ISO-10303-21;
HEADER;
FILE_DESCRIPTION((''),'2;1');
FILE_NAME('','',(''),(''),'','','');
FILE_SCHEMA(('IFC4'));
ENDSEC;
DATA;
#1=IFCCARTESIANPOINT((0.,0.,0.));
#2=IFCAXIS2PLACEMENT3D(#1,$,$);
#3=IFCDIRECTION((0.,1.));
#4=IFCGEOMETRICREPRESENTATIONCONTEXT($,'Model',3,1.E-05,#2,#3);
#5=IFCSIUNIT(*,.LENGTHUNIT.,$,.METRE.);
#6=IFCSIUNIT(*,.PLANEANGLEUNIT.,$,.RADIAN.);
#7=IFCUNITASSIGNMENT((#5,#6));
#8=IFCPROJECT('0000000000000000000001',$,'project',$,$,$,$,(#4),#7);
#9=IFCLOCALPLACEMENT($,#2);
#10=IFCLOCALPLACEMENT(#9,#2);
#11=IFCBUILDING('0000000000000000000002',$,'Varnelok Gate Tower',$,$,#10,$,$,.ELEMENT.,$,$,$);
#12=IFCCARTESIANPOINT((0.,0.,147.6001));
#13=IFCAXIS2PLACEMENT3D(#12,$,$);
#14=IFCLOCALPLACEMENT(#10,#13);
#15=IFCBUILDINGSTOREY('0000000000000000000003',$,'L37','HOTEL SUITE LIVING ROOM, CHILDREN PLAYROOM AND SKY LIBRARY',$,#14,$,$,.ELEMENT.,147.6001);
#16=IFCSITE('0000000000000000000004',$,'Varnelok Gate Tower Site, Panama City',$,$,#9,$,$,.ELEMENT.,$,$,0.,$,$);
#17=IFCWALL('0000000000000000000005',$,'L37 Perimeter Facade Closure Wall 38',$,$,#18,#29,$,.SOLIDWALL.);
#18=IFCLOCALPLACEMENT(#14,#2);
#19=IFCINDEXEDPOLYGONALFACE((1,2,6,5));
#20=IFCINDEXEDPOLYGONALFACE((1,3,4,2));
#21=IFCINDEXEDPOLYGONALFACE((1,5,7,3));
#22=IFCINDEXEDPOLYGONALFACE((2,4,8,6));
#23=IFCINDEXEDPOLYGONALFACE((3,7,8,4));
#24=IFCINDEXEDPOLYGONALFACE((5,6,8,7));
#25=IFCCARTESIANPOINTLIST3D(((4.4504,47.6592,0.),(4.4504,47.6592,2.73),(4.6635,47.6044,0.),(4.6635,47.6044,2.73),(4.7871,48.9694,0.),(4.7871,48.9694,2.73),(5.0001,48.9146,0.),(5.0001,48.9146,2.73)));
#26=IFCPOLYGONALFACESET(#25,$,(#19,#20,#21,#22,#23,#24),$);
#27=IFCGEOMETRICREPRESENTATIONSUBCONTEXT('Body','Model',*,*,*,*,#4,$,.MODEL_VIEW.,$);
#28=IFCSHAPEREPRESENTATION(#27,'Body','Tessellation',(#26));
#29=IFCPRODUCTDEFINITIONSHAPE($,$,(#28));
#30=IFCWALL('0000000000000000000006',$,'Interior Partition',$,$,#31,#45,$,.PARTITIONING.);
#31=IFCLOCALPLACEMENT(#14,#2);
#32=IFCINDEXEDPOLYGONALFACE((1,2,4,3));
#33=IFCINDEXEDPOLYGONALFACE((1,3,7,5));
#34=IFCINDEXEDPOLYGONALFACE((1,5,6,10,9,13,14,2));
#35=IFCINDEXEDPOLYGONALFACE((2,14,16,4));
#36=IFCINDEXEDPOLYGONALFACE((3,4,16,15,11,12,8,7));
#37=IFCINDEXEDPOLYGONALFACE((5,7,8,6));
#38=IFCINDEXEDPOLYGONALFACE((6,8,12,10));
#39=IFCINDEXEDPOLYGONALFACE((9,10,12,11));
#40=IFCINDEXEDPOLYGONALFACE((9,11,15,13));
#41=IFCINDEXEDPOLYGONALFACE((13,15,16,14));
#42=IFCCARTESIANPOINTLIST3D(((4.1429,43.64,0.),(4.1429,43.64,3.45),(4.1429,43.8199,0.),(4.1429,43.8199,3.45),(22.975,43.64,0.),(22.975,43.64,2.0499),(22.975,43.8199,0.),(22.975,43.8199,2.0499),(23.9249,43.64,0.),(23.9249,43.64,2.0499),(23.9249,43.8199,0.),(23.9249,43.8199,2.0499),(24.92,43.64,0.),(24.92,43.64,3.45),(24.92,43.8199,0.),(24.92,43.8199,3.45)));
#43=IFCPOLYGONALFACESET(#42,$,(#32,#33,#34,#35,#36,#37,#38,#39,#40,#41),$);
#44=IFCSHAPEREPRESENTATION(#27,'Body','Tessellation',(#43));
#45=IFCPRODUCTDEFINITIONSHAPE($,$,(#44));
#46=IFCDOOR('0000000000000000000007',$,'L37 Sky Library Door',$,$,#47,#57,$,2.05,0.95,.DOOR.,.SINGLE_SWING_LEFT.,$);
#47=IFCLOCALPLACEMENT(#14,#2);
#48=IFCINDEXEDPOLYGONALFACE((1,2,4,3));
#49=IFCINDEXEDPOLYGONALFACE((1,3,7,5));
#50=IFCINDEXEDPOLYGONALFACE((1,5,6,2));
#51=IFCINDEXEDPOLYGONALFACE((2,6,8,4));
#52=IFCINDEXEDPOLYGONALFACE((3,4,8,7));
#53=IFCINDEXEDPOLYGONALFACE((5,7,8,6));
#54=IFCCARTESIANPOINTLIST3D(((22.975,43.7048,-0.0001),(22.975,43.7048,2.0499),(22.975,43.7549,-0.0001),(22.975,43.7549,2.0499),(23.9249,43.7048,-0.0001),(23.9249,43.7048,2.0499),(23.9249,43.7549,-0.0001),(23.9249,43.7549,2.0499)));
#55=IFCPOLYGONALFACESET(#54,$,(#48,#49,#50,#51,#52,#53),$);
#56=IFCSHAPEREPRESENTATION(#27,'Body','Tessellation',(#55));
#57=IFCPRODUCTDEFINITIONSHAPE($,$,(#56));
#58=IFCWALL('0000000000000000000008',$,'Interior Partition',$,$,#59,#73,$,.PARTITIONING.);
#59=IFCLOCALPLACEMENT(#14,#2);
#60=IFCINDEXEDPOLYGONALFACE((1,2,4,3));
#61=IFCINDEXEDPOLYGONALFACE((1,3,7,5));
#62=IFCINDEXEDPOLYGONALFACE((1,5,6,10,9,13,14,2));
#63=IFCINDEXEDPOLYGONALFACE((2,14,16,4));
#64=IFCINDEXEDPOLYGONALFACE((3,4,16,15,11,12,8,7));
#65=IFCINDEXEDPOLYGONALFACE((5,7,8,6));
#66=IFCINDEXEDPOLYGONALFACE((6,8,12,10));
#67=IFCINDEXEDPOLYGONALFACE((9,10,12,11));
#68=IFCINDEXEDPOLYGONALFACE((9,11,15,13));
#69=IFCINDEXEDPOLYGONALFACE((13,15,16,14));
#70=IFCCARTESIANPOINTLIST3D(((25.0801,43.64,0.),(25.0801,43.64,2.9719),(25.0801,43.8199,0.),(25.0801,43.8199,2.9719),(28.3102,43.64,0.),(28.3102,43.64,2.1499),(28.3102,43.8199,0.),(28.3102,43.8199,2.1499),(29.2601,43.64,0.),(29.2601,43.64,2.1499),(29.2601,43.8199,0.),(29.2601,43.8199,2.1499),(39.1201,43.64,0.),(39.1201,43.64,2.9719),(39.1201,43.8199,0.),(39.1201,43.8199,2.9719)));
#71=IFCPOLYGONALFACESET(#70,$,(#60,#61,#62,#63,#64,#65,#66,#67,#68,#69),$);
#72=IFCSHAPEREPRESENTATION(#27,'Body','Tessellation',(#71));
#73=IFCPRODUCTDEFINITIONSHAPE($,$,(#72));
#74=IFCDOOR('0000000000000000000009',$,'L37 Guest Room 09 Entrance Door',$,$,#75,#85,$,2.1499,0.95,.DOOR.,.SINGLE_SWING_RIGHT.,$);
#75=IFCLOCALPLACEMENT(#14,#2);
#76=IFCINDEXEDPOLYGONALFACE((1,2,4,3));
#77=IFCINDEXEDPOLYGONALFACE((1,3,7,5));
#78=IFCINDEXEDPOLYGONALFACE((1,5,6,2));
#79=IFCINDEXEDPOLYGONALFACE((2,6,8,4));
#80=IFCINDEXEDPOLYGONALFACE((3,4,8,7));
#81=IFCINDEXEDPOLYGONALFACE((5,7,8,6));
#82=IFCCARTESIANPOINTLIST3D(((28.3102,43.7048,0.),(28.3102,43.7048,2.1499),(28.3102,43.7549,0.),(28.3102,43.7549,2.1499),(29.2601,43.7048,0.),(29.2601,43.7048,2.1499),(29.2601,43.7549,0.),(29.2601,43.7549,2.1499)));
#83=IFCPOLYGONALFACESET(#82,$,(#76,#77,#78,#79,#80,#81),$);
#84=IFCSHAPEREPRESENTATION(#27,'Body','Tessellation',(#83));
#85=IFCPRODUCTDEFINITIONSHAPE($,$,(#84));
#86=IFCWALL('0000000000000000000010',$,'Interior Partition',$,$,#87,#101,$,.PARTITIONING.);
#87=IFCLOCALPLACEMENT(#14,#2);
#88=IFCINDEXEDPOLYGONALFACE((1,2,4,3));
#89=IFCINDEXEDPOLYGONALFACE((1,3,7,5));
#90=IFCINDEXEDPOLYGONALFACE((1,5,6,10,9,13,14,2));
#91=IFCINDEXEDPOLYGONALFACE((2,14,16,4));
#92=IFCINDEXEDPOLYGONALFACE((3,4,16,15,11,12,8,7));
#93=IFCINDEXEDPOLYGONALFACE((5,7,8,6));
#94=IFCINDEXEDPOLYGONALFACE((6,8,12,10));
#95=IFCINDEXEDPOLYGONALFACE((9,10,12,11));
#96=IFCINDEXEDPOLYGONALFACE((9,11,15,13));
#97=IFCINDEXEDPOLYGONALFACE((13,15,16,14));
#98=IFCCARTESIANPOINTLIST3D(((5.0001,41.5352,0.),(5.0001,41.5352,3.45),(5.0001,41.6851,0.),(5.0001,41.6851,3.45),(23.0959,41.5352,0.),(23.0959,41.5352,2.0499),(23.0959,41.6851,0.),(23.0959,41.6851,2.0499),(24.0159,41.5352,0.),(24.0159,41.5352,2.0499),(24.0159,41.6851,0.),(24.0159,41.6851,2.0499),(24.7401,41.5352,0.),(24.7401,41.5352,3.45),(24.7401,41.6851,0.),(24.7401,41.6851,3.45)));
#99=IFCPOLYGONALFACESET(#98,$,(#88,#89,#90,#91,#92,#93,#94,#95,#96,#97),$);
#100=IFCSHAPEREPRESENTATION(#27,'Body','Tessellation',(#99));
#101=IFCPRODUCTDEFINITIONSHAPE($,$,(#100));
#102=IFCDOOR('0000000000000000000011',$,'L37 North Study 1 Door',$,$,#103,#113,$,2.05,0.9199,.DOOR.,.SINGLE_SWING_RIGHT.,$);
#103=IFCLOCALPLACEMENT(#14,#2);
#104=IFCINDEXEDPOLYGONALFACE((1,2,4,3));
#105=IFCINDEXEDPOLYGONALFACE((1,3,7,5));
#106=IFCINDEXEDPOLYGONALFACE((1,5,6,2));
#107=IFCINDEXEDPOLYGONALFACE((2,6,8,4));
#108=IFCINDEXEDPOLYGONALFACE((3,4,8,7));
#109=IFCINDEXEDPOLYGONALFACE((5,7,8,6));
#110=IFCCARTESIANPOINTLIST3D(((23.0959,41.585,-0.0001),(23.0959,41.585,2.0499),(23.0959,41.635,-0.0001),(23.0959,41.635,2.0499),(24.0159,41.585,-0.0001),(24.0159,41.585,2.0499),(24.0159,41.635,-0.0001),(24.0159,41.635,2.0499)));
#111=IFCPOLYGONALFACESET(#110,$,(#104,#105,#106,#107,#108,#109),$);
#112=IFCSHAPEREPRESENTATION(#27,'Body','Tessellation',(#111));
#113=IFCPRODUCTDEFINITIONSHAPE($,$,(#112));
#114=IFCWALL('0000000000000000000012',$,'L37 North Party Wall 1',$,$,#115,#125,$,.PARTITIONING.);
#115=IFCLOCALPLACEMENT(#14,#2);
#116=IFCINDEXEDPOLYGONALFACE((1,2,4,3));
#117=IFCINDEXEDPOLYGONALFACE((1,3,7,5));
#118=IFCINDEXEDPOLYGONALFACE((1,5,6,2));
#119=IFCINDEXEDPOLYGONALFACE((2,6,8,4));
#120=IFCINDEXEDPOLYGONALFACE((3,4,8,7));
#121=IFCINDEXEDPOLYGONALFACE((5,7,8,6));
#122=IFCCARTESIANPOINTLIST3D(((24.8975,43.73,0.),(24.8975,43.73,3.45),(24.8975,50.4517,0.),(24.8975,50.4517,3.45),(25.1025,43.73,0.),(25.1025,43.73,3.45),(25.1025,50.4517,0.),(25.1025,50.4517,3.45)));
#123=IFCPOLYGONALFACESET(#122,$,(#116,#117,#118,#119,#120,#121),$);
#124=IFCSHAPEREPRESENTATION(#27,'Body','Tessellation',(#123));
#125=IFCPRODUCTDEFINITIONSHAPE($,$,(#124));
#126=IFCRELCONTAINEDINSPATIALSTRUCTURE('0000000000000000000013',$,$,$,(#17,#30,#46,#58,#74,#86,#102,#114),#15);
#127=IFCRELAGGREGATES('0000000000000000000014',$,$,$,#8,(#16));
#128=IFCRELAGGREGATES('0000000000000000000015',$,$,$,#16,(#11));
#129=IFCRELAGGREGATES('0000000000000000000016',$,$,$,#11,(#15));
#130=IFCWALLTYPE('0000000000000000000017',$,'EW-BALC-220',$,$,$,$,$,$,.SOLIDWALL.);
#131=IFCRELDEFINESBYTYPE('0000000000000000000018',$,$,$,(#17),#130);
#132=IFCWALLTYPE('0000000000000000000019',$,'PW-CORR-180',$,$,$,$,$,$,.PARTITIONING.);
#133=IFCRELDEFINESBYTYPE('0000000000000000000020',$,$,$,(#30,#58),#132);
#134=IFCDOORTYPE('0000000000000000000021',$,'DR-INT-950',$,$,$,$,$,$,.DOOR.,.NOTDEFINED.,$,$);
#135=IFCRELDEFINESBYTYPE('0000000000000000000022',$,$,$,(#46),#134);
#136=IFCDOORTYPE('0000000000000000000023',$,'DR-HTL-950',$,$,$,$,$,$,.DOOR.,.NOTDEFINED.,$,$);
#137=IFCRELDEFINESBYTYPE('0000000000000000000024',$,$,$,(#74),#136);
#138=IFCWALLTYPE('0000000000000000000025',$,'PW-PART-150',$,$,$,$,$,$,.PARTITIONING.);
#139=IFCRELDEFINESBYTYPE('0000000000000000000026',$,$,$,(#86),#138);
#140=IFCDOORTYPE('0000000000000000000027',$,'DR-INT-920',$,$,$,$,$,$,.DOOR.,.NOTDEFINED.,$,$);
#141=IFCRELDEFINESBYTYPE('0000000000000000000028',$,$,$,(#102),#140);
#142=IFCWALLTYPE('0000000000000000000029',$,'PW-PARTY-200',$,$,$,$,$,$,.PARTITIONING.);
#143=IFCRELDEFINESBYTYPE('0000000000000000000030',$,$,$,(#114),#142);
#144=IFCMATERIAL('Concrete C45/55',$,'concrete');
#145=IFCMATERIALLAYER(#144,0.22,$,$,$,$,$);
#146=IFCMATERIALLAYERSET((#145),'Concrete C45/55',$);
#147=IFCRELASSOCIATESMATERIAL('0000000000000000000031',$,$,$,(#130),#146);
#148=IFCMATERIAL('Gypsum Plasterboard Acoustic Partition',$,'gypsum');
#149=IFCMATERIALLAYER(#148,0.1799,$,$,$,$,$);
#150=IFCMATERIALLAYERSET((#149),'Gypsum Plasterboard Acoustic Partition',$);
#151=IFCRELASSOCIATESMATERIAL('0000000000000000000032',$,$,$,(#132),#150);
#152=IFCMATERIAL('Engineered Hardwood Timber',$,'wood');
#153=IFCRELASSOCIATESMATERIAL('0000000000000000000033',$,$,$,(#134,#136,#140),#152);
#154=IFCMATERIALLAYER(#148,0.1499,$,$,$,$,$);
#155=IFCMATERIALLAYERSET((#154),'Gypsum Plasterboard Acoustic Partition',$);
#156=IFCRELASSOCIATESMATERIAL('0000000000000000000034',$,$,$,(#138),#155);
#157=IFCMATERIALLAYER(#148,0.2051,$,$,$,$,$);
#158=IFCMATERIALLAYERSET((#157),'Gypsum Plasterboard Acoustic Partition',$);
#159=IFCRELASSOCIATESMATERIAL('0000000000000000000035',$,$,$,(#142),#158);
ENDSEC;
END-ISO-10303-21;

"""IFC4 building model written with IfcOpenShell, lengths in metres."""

from ifc_helpers import new_model, si_unit, direction, frame, frame_2d, origin, place, context, subcontext, project, spatial, rectangle, extrude, material, layer, layer_set, type_object, element, fill, save


model = new_model("IFC4")

# Units and contexts
model_context = context("Model", 3, precision=1e-05, world=origin(), true_north=direction((0.0, 1.0)))
body_context = subcontext(model_context, "Body", "Model", "MODEL_VIEW")
ifc_project = project(units=[si_unit("LENGTHUNIT", "METRE"), si_unit("PLANEANGLEUNIT", "RADIAN")], contexts=[model_context])

# Site, building, storey
site_placement = place(None, origin())
site = spatial("IfcSite", under=ifc_project, at=site_placement, Name="Varnelok Gate Tower Site, Panama City", CompositionType="ELEMENT", RefElevation=0.0)
building_placement = place(site_placement, origin())
building = spatial("IfcBuilding", under=site, at=building_placement, Name="Varnelok Gate Tower", CompositionType="ELEMENT")
storey_placement = place(building_placement, frame((0.0, 0.0, 147.6001)))
storey = spatial("IfcBuildingStorey", under=building, at=storey_placement, Name="L37", Description="HOTEL SUITE LIVING ROOM, CHILDREN PLAYROOM AND SKY LIBRARY", CompositionType="ELEMENT", Elevation=147.6001)

# Wall
ifc_material_1 = material(Name="Concrete C45/55", Category="concrete")
ifc_layer_1 = layer(ifc_material_1, 0.22)
ifc_layer_set_1 = layer_set([ifc_layer_1], Name="Concrete C45/55")
wall_type_1 = type_object("IfcWallType", Name="EW-BALC-220", PredefinedType="SOLIDWALL", material=ifc_layer_set_1)
wall_1_placement = place(storey_placement, frame((4.8936, 48.9419, 0.0), z_axis=(0.0, 0.0, 1.0), x_axis=(-0.248857, -0.96854, 0.0)))
element("IfcWall", 1, at=wall_1_placement, inside=storey, type_object=wall_type_1, Name="L37 Perimeter Facade Closure Wall 38", PredefinedType="SOLIDWALL", context=body_context, shape_type="SweptSolid", body=[
    extrude(rectangle(XDim=1.3528, YDim=0.22, at=frame_2d((0.6763, 0.0))), origin(), (0.0, 0.0, 1.0), 2.73),
])

# Walls, openings, doors
ifc_material_2 = material(Name="Gypsum Plasterboard Acoustic Partition", Category="gypsum")
ifc_layer_2 = layer(ifc_material_2, 0.1799)
ifc_layer_set_2 = layer_set([ifc_layer_2], Name="Gypsum Plasterboard Acoustic Partition")
wall_type_2 = type_object("IfcWallType", Name="PW-CORR-180", PredefinedType="PARTITIONING", material=ifc_layer_set_2)
wall_2_placement = place(storey_placement, frame((4.1428, 43.73, 0.0), z_axis=(0.0, 0.0, 1.0), x_axis=(1.0, 0.0, 0.0)))
wall_2 = element("IfcWall", 2, at=wall_2_placement, inside=storey, type_object=wall_type_2, Name="Interior Partition", PredefinedType="PARTITIONING", context=body_context, shape_type="SweptSolid", body=[
    extrude(rectangle(XDim=20.7771, YDim=0.1799, at=frame_2d((10.3887, 0.0))), origin(), (0.0, 0.0, 1.0), 3.45),
])
opening_1_placement = place(wall_2_placement, frame((18.832, 0.0, 0.0)))
opening_1 = element("IfcOpeningElement", 3, at=opening_1_placement, cuts=wall_2, PredefinedType="OPENING", context=body_context, shape_type="SweptSolid", body=[
    extrude(rectangle(XDim=0.95, YDim=2.05, at=frame_2d((0.4751, 1.0249))), frame((0.0, 0.0999, 0.0), z_axis=(0.0, -1.0, 0.0), x_axis=(1.0, 0.0, 0.0)), (0.0, 0.0, 1.0), 0.2),
])
ifc_material_3 = material(Name="Engineered Hardwood Timber", Category="wood")
door_type_1 = type_object("IfcDoorType", Name="DR-INT-950", OperationType="NOTDEFINED", PredefinedType="DOOR", material=ifc_material_3)
door_1_placement = place(opening_1_placement, origin())
door_1 = element("IfcDoor", 4, at=door_1_placement, inside=storey, type_object=door_type_1, Name="L37 Sky Library Door", OperationType="SINGLE_SWING_LEFT", OverallHeight=2.05, OverallWidth=0.95, PredefinedType="DOOR", context=body_context, shape_type="SweptSolid", body=[
    extrude(rectangle(XDim=0.95, YDim=2.05, at=frame_2d((0.4751, 1.0249))), frame((0.0, 0.0249, 0.0), z_axis=(0.0, -1.0, 0.0), x_axis=(1.0, 0.0, 0.0)), (0.0, 0.0, 1.0), 0.05),
])
fill(opening_1, door_1)
wall_3_placement = place(storey_placement, frame((25.0801, 43.73, 0.0), z_axis=(0.0, 0.0, 1.0), x_axis=(1.0, 0.0, 0.0)))
wall_3 = element("IfcWall", 5, at=wall_3_placement, inside=storey, type_object=wall_type_2, Name="Interior Partition", PredefinedType="PARTITIONING", context=body_context, shape_type="SweptSolid", body=[
    extrude(rectangle(XDim=14.04, YDim=0.1799, at=frame_2d((7.02, 0.0))), origin(), (0.0, 0.0, 1.0), 2.9719),
])
opening_2_placement = place(wall_3_placement, frame((3.23, 0.0, 0.0)))
opening_2 = element("IfcOpeningElement", 6, at=opening_2_placement, cuts=wall_3, PredefinedType="OPENING", context=body_context, shape_type="SweptSolid", body=[
    extrude(rectangle(XDim=0.95, YDim=2.1499, at=frame_2d((0.4751, 1.075))), frame((0.0, 0.0999, 0.0), z_axis=(0.0, -1.0, 0.0), x_axis=(1.0, 0.0, 0.0)), (0.0, 0.0, 1.0), 0.2),
])
door_type_2 = type_object("IfcDoorType", Name="DR-HTL-950", OperationType="NOTDEFINED", PredefinedType="DOOR", material=ifc_material_3)
door_2_placement = place(opening_2_placement, origin())
door_2 = element("IfcDoor", 7, at=door_2_placement, inside=storey, type_object=door_type_2, Name="L37 Guest Room 09 Entrance Door", OperationType="SINGLE_SWING_RIGHT", OverallHeight=2.1499, OverallWidth=0.95, PredefinedType="DOOR", context=body_context, shape_type="SweptSolid", body=[
    extrude(rectangle(XDim=0.95, YDim=2.1499, at=frame_2d((0.4751, 1.075))), frame((0.0, 0.0249, 0.0), z_axis=(0.0, -1.0, 0.0), x_axis=(1.0, 0.0, 0.0)), (0.0, 0.0, 1.0), 0.05),
])
fill(opening_2, door_2)
ifc_layer_3 = layer(ifc_material_2, 0.1499)
ifc_layer_set_3 = layer_set([ifc_layer_3], Name="Gypsum Plasterboard Acoustic Partition")
wall_type_3 = type_object("IfcWallType", Name="PW-PART-150", PredefinedType="PARTITIONING", material=ifc_layer_set_3)
wall_4_placement = place(storey_placement, frame((5.0, 41.6101, 0.0), z_axis=(0.0, 0.0, 1.0), x_axis=(1.0, 0.0, 0.0)))
wall_4 = element("IfcWall", 8, at=wall_4_placement, inside=storey, type_object=wall_type_3, Name="Interior Partition", PredefinedType="PARTITIONING", context=body_context, shape_type="SweptSolid", body=[
    extrude(rectangle(XDim=19.74, YDim=0.1499, at=frame_2d((9.8701, 0.0))), origin(), (0.0, 0.0, 1.0), 3.45),
])
opening_3_placement = place(wall_4_placement, frame((18.0959, 0.0, 0.0)))
opening_3 = element("IfcOpeningElement", 9, at=opening_3_placement, cuts=wall_4, PredefinedType="OPENING", context=body_context, shape_type="SweptSolid", body=[
    extrude(rectangle(XDim=0.9199, YDim=2.05, at=frame_2d((0.46, 1.0249))), frame((0.0, 0.085, 0.0), z_axis=(0.0, -1.0, 0.0), x_axis=(1.0, 0.0, 0.0)), (0.0, 0.0, 1.0), 0.1699),
])
door_type_3 = type_object("IfcDoorType", Name="DR-INT-920", OperationType="NOTDEFINED", PredefinedType="DOOR", material=ifc_material_3)
door_3_placement = place(opening_3_placement, origin())
door_3 = element("IfcDoor", 10, at=door_3_placement, inside=storey, type_object=door_type_3, Name="L37 North Study 1 Door", OperationType="SINGLE_SWING_RIGHT", OverallHeight=2.05, OverallWidth=0.9199, PredefinedType="DOOR", context=body_context, shape_type="SweptSolid", body=[
    extrude(rectangle(XDim=0.9199, YDim=2.05, at=frame_2d((0.46, 1.0249))), frame((0.0, 0.0249, 0.0), z_axis=(0.0, -1.0, 0.0), x_axis=(1.0, 0.0, 0.0)), (0.0, 0.0, 1.0), 0.05),
])
fill(opening_3, door_3)

# Wall
ifc_layer_4 = layer(ifc_material_2, 0.2051)
ifc_layer_set_4 = layer_set([ifc_layer_4], Name="Gypsum Plasterboard Acoustic Partition")
wall_type_4 = type_object("IfcWallType", Name="PW-PARTY-200", PredefinedType="PARTITIONING", material=ifc_layer_set_4)
wall_5_placement = place(storey_placement, frame((25.0, 43.73, 0.0), z_axis=(0.0, 0.0, 1.0), x_axis=(0.0, 1.0, 0.0)))
element("IfcWall", 11, at=wall_5_placement, inside=storey, type_object=wall_type_4, Name="L37 North Party Wall 1", PredefinedType="PARTITIONING", context=body_context, shape_type="SweptSolid", body=[
    extrude(rectangle(XDim=6.7217, YDim=0.2051, at=frame_2d((3.3608, 0.0))), origin(), (0.0, 0.0, 1.0), 3.45),
])

save(model, "model.ifc")
